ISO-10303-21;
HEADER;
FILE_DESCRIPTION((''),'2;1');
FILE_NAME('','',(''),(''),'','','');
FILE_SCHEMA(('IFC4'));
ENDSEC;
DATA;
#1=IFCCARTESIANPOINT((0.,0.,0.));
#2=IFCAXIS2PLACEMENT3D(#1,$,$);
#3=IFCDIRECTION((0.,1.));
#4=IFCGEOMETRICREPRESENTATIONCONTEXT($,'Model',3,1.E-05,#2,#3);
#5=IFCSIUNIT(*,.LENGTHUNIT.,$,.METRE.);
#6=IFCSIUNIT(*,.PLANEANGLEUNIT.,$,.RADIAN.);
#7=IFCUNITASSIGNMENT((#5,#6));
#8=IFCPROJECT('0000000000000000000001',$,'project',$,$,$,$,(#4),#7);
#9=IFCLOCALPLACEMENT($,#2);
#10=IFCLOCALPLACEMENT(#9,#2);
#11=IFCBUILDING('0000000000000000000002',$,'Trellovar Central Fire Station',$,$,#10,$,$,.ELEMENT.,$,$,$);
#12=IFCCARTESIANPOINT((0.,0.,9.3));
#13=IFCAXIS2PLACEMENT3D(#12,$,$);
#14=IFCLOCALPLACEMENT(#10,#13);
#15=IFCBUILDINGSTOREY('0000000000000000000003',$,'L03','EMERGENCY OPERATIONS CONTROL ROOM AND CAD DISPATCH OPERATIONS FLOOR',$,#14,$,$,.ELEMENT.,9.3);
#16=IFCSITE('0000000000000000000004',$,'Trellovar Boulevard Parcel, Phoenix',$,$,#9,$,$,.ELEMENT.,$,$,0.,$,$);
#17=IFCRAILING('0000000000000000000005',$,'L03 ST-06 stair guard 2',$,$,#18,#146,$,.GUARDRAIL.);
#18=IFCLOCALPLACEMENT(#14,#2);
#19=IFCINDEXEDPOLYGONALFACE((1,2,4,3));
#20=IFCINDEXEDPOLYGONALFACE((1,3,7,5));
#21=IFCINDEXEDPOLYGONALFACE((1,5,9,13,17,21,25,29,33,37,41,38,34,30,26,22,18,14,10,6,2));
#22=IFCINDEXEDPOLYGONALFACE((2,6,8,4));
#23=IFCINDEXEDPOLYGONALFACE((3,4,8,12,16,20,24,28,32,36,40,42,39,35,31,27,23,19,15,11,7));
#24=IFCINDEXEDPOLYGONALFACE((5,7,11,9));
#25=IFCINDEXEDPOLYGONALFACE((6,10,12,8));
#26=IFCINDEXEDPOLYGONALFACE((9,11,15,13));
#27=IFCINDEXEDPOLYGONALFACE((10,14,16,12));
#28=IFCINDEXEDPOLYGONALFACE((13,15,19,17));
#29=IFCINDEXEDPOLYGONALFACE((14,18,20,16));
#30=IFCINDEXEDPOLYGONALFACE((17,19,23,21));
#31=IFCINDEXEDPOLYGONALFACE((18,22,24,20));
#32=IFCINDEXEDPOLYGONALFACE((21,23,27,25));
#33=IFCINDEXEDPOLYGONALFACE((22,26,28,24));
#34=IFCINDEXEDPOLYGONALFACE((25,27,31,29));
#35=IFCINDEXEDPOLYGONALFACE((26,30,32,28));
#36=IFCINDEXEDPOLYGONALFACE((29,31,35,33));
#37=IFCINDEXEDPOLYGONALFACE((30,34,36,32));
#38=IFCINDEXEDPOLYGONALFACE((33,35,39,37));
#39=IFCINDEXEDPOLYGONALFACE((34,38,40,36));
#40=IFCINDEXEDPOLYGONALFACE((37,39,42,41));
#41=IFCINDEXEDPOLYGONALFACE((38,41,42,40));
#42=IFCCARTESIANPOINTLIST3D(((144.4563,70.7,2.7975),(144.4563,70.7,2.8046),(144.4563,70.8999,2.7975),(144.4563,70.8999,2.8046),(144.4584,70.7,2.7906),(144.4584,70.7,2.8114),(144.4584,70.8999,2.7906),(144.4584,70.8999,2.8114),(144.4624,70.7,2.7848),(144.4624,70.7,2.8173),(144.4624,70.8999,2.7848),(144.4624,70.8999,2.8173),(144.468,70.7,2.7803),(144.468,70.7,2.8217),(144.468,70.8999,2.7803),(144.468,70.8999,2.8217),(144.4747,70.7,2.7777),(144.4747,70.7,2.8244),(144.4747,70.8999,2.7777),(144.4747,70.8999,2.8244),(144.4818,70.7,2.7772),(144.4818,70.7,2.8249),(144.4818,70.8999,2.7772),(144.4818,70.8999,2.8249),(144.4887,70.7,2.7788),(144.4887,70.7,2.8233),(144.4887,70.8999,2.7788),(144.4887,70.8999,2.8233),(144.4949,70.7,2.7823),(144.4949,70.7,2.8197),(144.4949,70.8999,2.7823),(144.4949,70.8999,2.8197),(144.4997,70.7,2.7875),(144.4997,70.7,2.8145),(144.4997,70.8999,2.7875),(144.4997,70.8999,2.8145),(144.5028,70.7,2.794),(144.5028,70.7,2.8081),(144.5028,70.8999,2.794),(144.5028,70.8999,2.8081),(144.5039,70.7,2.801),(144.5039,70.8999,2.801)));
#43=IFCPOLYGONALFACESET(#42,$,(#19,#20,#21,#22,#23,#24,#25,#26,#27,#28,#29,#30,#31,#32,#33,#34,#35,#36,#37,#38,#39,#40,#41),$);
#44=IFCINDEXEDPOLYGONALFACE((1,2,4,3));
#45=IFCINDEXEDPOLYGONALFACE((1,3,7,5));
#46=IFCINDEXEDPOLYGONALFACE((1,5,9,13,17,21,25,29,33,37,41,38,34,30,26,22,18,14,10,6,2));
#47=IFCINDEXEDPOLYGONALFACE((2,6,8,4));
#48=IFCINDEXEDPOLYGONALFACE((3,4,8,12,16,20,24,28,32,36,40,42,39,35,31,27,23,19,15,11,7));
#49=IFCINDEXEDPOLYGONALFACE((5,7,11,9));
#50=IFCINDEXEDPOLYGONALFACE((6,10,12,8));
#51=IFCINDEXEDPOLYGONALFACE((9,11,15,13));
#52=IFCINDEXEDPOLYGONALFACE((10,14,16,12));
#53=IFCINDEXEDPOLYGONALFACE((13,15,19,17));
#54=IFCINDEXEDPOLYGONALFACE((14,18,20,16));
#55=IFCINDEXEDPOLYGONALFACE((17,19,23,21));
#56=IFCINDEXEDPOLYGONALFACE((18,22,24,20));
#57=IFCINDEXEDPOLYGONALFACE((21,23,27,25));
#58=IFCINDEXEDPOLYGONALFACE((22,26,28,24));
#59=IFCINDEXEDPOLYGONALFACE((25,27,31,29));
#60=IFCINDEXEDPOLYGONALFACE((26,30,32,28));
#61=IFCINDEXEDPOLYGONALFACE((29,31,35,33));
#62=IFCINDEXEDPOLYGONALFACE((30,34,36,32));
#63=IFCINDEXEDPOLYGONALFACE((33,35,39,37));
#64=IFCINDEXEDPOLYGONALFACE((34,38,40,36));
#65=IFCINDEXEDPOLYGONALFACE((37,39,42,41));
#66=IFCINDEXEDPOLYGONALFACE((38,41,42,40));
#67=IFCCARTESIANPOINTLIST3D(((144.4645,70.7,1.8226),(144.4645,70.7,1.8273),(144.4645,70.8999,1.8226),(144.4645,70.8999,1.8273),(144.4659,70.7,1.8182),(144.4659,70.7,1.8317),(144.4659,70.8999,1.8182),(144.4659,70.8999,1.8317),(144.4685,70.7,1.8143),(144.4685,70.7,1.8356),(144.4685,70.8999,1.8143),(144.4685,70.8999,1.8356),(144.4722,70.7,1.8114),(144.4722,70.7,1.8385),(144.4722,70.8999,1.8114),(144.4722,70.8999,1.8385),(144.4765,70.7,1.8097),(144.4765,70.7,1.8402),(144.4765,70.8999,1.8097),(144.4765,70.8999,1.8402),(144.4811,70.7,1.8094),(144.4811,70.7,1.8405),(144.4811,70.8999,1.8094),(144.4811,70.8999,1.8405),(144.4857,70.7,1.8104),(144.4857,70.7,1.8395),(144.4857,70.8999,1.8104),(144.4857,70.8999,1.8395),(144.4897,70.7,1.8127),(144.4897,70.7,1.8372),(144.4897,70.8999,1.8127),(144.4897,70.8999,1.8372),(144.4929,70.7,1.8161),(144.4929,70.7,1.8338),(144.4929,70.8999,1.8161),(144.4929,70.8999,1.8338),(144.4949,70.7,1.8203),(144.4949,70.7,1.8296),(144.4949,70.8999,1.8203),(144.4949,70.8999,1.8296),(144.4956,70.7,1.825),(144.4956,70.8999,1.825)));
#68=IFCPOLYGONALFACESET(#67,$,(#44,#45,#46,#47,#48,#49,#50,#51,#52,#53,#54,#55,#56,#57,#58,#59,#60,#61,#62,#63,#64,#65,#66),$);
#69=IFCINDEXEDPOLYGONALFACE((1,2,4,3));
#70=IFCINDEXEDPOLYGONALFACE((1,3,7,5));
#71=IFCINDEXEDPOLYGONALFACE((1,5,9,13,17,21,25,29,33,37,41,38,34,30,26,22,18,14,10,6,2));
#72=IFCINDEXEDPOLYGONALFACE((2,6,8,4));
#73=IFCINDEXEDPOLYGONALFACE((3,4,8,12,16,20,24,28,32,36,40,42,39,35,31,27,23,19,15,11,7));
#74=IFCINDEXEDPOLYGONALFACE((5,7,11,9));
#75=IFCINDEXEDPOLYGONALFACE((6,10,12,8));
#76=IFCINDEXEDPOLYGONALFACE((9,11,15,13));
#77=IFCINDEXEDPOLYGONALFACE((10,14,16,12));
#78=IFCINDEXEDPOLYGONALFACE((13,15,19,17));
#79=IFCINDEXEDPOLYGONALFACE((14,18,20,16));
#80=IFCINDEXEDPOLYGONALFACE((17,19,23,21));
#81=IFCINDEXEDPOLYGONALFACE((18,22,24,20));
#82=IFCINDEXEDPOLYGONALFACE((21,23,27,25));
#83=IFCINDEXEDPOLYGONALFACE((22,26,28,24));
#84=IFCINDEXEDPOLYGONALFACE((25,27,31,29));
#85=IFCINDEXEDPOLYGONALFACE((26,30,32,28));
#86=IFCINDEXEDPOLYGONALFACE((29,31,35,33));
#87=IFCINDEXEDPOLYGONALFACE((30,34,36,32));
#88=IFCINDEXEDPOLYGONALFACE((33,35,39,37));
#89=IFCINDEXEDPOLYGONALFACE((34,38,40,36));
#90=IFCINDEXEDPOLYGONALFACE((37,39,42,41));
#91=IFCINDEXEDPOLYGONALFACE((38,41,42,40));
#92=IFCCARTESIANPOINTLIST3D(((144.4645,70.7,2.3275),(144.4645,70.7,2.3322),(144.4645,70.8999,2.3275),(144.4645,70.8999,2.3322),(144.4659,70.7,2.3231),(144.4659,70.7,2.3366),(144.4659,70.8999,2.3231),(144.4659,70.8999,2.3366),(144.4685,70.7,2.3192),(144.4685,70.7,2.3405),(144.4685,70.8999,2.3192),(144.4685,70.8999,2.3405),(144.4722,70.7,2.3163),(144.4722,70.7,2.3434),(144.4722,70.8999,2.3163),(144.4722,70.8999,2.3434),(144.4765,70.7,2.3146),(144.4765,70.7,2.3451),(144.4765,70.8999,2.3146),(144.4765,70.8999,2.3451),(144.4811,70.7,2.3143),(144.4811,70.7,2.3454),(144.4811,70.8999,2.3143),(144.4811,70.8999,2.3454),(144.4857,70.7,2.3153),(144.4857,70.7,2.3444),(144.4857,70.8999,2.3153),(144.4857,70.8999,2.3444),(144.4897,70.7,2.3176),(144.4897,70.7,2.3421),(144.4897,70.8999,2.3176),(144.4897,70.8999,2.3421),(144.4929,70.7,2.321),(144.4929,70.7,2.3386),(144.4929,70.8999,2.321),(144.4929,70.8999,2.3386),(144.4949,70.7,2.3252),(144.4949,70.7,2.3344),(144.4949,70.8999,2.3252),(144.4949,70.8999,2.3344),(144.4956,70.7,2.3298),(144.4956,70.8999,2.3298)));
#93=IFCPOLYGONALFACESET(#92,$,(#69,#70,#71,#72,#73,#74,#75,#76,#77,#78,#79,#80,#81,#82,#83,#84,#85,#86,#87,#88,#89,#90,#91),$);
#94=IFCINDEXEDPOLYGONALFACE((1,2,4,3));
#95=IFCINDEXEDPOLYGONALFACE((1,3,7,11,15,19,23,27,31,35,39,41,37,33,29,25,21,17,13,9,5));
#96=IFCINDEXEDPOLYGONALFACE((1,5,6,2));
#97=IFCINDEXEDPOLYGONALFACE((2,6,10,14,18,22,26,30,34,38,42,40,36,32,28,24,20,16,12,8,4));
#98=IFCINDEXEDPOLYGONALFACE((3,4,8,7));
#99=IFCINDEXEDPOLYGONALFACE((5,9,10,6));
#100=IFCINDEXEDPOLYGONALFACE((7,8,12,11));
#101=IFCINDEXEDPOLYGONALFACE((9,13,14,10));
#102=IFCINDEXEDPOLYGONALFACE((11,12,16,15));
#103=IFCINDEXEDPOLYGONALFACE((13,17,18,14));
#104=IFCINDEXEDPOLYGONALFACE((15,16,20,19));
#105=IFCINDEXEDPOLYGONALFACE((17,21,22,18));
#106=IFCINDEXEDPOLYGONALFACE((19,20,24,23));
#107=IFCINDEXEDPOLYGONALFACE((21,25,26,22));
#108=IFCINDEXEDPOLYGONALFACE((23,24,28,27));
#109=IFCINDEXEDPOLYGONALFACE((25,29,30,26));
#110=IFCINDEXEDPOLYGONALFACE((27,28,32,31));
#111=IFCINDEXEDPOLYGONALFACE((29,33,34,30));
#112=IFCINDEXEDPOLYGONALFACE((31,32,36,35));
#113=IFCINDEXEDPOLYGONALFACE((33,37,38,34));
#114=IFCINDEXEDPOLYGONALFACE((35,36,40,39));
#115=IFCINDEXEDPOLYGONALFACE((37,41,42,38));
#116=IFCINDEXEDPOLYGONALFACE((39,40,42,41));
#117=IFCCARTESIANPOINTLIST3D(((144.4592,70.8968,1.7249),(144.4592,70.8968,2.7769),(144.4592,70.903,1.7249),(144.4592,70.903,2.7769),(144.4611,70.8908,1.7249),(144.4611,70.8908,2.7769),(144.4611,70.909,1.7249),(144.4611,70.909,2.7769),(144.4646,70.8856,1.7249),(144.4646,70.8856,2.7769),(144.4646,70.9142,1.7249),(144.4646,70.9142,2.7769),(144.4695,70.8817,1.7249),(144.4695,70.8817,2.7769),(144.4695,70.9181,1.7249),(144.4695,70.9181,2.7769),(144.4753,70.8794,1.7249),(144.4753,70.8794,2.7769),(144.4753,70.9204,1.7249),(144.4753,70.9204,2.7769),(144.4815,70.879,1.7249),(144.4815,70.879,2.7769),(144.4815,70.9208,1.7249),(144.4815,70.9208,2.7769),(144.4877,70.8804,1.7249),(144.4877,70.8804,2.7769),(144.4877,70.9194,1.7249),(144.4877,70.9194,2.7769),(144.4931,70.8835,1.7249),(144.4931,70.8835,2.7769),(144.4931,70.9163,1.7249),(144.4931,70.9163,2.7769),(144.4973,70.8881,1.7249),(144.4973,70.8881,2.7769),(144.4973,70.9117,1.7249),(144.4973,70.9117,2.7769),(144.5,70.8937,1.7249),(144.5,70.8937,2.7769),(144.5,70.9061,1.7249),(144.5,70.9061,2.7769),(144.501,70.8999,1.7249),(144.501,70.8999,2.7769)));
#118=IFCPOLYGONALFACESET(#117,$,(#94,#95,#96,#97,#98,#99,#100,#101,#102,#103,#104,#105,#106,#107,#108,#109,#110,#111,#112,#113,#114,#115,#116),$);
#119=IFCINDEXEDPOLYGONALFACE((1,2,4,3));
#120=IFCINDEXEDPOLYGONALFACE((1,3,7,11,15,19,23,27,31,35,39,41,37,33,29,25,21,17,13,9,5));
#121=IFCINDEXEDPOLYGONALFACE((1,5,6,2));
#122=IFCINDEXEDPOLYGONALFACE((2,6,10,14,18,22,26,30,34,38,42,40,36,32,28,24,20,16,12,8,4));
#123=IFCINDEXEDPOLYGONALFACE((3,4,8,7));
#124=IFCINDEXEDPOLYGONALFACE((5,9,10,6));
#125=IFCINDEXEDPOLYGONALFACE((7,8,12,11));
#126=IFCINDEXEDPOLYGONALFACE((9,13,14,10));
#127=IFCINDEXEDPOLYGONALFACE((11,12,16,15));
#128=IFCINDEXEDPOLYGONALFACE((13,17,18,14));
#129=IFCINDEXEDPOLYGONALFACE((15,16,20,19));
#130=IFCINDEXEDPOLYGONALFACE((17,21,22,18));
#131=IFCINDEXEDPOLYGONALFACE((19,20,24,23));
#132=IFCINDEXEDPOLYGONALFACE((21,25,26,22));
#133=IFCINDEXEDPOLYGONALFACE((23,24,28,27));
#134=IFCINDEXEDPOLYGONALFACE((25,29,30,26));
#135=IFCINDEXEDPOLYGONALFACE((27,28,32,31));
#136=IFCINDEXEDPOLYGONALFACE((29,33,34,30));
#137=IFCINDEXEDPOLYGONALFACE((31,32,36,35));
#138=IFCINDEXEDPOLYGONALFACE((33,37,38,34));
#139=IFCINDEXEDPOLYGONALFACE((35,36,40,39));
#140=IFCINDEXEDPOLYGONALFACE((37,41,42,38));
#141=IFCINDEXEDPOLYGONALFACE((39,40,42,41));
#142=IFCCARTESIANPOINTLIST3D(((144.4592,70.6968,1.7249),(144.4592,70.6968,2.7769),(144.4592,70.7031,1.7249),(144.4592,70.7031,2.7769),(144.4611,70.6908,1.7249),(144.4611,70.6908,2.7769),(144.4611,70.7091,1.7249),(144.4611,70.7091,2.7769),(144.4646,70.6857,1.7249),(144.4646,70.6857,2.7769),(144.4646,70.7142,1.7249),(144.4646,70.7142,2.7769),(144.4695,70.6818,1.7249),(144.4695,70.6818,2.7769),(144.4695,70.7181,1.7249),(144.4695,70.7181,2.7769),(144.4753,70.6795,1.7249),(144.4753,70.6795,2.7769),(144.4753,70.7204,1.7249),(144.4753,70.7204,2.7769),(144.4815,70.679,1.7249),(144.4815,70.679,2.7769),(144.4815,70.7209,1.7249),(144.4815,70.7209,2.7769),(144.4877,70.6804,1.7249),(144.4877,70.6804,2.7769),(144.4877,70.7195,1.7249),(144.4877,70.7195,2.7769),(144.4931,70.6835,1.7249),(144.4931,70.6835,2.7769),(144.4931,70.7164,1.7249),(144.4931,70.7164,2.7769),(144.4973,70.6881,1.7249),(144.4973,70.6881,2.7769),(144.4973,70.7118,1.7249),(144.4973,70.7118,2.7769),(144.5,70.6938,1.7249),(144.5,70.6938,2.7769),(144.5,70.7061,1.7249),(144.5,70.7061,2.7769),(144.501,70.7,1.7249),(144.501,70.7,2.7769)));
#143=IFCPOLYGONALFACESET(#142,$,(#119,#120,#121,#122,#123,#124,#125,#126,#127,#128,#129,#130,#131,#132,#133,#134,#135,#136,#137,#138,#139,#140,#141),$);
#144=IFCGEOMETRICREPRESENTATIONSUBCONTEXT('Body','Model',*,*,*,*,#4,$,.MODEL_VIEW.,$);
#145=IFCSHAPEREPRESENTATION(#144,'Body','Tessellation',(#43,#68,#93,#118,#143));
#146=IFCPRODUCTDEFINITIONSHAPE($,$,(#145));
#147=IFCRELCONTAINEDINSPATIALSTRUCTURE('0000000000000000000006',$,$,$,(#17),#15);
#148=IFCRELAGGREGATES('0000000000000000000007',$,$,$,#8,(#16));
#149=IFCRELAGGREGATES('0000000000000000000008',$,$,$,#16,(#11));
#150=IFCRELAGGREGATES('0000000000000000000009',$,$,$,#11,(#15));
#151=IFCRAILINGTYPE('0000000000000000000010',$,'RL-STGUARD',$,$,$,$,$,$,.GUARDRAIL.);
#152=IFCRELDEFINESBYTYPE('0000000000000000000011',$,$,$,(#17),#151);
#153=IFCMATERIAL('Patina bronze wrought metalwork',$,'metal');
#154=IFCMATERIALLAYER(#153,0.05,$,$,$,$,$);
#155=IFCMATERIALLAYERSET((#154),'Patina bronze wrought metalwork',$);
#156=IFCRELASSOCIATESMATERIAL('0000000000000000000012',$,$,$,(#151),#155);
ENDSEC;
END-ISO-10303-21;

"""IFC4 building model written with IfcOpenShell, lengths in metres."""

from ifc_helpers import new_model, si_unit, direction, frame, origin, origin_2d, place, context, subcontext, project, spatial, circle, extrude, material, layer, layer_set, type_object, element, save


model = new_model("IFC4")

# Units and contexts
model_context = context("Model", 3, precision=1e-05, world=origin(), true_north=direction((0.0, 1.0)))
body_context = subcontext(model_context, "Body", "Model", "MODEL_VIEW")
ifc_project = project(units=[si_unit("LENGTHUNIT", "METRE"), si_unit("PLANEANGLEUNIT", "RADIAN")], contexts=[model_context])

# Site, building, storey
site_placement = place(None, origin())
site = spatial("IfcSite", under=ifc_project, at=site_placement, Name="Trellovar Boulevard Parcel, Phoenix", CompositionType="ELEMENT", RefElevation=0.0)
building_placement = place(site_placement, origin())
building = spatial("IfcBuilding", under=site, at=building_placement, Name="Trellovar Central Fire Station", CompositionType="ELEMENT")
storey_placement = place(building_placement, frame((0.0, 0.0, 9.3)))
storey = spatial("IfcBuildingStorey", under=building, at=storey_placement, Name="L03", Description="EMERGENCY OPERATIONS CONTROL ROOM AND CAD DISPATCH OPERATIONS FLOOR", CompositionType="ELEMENT", Elevation=9.3)

# Railing
ifc_material_1 = material(Name="Patina bronze wrought metalwork", Category="metal")
ifc_layer_1 = layer(ifc_material_1, 0.05)
ifc_layer_set_1 = layer_set([ifc_layer_1], Name="Patina bronze wrought metalwork")
railing_type_1 = type_object("IfcRailingType", Name="RL-STGUARD", PredefinedType="GUARDRAIL", material=ifc_layer_set_1)
railing_1_placement = place(storey_placement, frame((144.48, 70.8999, 1.7249)))
element("IfcRailing", 1, at=railing_1_placement, inside=storey, type_object=railing_type_1, Name="L03 ST-06 stair guard 2", PredefinedType="GUARDRAIL", context=body_context, shape_type="SweptSolid", body=[
    extrude(circle(Radius=0.0239, at=origin_2d()), frame((0.0, 0.0, 1.0762), z_axis=(0.0, -1.0, 0.0), x_axis=(1.0, 0.0, 0.0)), (0.0, 0.0, 1.0), 0.2),
    extrude(circle(Radius=0.0156, at=origin_2d()), frame((0.0, 0.0, 0.1001), z_axis=(0.0, -1.0, 0.0), x_axis=(1.0, 0.0, 0.0)), (0.0, 0.0, 1.0), 0.2),
    extrude(circle(Radius=0.0156, at=origin_2d()), frame((0.0, 0.0, 0.605), z_axis=(0.0, -1.0, 0.0), x_axis=(1.0, 0.0, 0.0)), (0.0, 0.0, 1.0), 0.2),
    extrude(circle(Radius=0.021, at=origin_2d()), origin(), (0.0, 0.0, 1.0), 1.052),
    extrude(circle(Radius=0.021, at=origin_2d()), frame((0.0, -0.2, 0.0)), (0.0, 0.0, 1.0), 1.052),
])

save(model, "model.ifc")
